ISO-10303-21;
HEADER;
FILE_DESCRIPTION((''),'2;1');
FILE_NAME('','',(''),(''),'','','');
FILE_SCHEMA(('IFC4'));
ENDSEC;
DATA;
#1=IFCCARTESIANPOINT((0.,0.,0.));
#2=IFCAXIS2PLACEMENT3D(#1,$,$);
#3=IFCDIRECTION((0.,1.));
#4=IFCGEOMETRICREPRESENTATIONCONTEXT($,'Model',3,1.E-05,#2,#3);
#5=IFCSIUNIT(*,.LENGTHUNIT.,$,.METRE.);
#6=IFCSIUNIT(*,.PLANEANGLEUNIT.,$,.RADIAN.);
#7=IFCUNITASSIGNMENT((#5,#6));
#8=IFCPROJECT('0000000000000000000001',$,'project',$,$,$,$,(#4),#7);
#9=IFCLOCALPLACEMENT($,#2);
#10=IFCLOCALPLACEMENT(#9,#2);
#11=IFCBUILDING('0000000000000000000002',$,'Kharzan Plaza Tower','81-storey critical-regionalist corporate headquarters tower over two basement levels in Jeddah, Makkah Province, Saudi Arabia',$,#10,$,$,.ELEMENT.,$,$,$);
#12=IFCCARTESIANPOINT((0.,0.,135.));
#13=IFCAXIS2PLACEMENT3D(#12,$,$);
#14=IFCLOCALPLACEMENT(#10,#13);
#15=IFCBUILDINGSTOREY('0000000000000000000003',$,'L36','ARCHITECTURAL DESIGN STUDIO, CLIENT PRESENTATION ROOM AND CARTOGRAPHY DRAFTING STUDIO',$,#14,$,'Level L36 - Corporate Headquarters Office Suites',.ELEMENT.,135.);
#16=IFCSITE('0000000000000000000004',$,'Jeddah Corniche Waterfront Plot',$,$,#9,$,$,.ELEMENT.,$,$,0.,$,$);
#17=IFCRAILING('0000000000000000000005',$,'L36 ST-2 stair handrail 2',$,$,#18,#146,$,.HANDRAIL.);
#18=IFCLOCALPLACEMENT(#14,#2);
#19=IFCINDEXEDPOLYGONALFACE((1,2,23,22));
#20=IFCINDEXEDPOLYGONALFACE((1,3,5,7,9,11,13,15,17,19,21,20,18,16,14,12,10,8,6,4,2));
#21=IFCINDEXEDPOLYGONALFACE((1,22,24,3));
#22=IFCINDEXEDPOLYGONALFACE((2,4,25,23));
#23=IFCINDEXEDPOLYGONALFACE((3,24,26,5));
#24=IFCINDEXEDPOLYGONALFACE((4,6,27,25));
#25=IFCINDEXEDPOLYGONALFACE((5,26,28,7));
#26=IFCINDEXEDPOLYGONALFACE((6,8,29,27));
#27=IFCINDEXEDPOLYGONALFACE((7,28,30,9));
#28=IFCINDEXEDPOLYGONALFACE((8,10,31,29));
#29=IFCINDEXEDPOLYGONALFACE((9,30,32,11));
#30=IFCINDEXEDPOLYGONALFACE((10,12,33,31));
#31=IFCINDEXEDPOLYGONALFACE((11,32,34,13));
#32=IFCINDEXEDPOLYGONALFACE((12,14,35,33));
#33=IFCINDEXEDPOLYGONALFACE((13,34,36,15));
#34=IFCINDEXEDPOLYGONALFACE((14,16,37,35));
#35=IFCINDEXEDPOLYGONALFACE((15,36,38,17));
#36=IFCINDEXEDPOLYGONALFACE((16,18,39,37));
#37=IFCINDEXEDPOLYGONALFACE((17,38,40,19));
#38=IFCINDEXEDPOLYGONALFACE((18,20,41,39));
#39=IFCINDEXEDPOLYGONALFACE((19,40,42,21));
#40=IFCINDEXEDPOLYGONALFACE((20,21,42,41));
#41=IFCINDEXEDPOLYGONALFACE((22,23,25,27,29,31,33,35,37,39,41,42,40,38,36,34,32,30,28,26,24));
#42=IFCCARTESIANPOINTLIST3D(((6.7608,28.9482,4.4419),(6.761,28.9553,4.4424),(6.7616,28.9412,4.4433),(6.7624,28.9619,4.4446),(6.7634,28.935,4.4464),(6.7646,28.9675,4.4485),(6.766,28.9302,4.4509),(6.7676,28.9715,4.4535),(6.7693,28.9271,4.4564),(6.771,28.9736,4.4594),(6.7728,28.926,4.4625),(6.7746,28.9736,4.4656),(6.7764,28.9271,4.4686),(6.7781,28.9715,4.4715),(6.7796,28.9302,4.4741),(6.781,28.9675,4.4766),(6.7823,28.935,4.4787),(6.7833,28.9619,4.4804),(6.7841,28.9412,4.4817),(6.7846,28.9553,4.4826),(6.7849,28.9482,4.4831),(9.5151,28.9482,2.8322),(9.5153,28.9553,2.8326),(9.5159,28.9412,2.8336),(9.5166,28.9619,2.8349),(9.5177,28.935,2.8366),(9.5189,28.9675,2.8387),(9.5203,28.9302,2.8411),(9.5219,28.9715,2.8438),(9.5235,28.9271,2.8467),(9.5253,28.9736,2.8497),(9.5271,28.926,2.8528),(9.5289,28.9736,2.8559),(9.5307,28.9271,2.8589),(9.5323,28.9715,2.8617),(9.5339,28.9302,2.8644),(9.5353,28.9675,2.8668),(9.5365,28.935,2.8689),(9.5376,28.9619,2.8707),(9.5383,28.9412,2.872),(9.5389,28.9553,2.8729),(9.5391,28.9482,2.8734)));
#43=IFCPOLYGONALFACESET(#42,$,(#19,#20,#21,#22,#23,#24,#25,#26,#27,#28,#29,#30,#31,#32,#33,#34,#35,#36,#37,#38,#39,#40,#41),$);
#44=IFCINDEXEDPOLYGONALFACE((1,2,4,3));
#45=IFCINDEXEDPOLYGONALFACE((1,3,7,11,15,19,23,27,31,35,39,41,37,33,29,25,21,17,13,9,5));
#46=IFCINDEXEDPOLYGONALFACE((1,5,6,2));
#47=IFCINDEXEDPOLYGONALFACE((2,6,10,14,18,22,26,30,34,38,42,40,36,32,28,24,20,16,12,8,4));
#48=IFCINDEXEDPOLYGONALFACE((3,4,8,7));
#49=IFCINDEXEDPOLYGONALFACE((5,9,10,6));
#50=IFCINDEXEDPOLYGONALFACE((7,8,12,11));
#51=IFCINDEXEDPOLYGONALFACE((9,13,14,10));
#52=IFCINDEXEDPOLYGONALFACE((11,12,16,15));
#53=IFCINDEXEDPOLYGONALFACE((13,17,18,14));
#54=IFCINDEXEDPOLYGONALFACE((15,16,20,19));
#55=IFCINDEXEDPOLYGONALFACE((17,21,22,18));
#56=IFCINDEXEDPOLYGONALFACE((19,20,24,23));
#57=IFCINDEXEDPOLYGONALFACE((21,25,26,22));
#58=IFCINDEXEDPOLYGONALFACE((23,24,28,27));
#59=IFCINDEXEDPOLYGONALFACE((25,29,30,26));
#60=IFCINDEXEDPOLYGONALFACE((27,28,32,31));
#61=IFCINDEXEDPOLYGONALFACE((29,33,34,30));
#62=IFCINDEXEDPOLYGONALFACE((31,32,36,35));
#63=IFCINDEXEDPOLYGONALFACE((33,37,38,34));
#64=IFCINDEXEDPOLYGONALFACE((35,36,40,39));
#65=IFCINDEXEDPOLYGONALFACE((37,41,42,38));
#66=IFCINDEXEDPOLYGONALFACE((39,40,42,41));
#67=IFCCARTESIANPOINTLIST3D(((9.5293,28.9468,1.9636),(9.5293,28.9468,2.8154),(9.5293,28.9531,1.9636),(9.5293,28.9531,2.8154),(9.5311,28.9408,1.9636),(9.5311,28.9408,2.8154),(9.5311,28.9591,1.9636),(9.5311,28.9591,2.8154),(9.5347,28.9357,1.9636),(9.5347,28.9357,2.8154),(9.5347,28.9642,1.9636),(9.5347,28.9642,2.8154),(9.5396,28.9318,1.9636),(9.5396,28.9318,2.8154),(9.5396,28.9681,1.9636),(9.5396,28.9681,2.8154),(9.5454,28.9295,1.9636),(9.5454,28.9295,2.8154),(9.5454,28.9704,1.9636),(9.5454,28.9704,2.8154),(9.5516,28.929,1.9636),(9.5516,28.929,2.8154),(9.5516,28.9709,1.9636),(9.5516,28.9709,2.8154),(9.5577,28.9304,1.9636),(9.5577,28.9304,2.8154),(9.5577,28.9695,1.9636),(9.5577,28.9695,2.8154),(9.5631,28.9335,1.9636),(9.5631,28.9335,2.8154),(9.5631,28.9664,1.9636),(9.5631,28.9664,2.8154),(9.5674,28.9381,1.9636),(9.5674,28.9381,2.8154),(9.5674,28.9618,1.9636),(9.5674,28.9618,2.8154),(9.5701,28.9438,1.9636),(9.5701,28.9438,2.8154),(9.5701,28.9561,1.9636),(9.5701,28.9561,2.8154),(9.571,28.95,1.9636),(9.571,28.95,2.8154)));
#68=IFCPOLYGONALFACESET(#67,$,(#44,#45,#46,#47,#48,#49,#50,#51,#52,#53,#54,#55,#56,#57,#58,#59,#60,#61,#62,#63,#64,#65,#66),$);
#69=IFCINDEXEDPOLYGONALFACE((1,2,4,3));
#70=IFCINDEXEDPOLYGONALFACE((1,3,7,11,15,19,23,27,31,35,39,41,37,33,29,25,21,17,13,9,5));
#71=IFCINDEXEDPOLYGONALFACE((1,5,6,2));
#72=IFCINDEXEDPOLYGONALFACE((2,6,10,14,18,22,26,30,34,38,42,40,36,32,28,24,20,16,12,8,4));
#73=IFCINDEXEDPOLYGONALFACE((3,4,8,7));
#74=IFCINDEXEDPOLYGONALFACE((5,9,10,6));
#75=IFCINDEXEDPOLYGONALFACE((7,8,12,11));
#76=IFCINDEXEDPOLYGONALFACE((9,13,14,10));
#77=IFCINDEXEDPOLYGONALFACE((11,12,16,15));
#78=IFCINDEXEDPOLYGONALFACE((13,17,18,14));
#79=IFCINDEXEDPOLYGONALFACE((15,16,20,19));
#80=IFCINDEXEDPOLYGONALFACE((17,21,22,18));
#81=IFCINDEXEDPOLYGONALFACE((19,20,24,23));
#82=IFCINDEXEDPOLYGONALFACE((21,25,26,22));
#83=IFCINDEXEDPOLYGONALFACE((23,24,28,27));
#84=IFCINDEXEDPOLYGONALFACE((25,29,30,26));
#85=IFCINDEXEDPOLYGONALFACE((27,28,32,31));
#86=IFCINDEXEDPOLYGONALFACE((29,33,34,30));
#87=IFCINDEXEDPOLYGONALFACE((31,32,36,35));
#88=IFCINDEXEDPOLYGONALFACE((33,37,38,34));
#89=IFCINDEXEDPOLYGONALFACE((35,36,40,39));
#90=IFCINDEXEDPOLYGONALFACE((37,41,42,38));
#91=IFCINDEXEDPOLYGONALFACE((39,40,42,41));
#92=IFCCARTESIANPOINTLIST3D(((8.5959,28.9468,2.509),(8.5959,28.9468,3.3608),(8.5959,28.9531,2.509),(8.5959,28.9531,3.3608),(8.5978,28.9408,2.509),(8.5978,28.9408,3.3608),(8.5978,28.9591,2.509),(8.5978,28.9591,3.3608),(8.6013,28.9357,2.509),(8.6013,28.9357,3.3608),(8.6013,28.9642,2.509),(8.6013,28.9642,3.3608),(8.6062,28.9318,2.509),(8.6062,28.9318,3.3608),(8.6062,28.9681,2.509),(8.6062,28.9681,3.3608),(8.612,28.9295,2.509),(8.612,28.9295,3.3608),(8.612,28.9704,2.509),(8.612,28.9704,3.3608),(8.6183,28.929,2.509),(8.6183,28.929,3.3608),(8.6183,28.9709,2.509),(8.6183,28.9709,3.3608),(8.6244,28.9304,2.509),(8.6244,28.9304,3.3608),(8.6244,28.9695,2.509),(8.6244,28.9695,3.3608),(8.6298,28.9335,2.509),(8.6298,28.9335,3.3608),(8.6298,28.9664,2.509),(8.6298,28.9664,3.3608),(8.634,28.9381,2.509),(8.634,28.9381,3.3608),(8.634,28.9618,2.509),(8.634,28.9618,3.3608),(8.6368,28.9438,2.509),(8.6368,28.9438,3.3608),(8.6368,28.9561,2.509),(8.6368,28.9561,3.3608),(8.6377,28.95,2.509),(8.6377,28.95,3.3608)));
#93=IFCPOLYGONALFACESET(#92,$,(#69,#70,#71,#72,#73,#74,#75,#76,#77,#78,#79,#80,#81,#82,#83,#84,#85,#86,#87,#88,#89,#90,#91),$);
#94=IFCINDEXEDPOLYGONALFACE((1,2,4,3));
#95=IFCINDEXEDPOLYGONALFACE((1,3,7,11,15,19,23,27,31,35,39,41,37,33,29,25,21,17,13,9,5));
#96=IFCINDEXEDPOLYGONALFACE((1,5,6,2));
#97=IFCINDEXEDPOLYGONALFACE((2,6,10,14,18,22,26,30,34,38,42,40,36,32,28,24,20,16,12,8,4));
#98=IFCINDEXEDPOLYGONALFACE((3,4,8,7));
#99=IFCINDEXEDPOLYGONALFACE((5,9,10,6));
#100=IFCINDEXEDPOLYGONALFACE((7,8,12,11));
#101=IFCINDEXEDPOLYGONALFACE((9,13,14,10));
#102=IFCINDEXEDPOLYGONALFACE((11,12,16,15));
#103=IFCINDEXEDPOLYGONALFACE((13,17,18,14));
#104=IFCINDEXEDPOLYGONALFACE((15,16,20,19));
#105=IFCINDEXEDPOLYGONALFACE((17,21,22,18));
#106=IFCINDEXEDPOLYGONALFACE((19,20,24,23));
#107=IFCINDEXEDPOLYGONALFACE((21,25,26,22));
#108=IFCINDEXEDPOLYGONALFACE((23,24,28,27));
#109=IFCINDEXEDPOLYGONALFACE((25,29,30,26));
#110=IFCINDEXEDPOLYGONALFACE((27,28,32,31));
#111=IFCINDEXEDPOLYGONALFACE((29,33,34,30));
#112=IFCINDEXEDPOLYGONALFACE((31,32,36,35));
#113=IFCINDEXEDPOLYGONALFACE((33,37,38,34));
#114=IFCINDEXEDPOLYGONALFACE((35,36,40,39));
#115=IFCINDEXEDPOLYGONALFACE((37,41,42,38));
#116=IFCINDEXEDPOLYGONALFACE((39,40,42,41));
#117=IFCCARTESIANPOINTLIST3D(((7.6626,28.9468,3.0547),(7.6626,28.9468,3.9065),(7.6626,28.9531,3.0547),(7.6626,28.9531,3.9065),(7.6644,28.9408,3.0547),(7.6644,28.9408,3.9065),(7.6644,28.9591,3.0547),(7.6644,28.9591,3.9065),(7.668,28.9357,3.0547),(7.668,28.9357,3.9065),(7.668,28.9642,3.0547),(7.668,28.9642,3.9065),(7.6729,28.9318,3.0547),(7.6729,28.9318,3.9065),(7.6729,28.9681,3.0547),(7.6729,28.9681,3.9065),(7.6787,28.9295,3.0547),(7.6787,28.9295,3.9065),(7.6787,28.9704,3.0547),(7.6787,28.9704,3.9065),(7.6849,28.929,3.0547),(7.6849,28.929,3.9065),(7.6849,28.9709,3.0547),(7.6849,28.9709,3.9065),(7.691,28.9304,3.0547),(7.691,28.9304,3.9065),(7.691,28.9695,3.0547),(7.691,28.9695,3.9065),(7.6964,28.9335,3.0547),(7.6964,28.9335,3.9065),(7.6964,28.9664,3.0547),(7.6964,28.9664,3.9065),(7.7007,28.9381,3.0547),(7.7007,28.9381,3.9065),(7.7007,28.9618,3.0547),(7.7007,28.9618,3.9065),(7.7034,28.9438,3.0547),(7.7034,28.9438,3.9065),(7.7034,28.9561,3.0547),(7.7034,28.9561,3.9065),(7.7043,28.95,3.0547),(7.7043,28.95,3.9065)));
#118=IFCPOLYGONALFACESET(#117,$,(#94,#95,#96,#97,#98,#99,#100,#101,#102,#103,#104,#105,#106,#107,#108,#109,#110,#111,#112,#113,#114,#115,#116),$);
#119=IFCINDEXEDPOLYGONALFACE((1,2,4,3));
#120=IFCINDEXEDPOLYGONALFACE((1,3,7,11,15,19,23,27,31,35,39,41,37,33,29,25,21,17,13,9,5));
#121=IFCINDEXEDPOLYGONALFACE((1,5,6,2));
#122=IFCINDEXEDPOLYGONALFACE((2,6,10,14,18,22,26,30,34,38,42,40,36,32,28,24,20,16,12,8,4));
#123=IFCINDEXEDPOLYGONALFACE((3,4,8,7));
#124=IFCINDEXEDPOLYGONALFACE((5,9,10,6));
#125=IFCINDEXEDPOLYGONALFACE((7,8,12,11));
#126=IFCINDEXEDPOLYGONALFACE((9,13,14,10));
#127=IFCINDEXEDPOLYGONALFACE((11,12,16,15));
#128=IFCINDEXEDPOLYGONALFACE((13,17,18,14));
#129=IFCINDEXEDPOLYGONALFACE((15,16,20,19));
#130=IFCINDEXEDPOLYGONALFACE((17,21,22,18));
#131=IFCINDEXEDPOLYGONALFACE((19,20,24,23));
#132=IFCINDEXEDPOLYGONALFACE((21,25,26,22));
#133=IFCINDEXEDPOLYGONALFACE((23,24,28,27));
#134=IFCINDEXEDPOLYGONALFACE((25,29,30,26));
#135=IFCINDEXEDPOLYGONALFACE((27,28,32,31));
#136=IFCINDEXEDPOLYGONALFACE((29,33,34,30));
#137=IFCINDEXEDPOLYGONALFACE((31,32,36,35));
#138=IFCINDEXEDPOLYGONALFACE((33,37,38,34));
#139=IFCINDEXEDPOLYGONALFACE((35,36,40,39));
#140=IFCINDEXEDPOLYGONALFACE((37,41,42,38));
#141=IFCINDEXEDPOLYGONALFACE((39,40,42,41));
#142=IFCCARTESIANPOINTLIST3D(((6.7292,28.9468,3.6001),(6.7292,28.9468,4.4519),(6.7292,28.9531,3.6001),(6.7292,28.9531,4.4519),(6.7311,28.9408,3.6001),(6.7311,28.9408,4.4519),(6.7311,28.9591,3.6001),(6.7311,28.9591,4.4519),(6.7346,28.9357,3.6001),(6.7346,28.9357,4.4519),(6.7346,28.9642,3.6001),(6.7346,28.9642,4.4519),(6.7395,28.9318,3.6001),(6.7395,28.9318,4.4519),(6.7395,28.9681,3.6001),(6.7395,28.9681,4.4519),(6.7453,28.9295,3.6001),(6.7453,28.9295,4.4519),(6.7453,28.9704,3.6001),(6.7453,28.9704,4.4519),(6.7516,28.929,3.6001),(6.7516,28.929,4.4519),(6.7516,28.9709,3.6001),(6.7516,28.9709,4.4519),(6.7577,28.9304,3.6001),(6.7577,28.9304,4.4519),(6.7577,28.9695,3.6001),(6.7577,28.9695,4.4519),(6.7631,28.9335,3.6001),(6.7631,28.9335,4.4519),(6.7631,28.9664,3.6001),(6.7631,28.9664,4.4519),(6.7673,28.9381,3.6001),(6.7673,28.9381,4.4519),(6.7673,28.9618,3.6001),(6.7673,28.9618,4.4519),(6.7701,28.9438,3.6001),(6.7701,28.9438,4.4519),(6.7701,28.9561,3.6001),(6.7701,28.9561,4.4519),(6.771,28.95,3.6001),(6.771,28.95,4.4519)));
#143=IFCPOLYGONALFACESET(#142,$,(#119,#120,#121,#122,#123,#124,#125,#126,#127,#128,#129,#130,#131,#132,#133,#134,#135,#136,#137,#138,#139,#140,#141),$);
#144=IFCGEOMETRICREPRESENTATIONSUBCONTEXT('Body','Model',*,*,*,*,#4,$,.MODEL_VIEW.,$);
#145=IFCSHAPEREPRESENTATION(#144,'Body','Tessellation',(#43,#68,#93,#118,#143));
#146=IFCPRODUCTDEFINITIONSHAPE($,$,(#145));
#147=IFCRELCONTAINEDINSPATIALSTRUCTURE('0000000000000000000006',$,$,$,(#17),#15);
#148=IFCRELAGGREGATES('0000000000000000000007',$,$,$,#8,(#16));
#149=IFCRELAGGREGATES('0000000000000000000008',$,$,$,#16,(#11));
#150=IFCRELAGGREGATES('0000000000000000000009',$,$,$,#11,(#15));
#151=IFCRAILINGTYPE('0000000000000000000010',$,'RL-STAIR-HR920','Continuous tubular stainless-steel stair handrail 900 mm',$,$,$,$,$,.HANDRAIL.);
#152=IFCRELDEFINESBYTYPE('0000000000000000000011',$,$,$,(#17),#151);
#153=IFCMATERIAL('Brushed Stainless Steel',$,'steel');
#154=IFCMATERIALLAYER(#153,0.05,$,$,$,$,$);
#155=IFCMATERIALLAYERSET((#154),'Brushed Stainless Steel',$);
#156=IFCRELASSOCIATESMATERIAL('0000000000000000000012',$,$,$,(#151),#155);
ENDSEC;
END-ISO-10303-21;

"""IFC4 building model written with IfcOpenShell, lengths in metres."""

from ifc_helpers import new_model, si_unit, direction, frame, origin, origin_2d, place, context, subcontext, project, spatial, circle, extrude, source, transform, mapped, material, layer, layer_set, type_object, element, save


model = new_model("IFC4")

# Units and contexts
model_context = context("Model", 3, precision=1e-05, world=origin(), true_north=direction((0.0, 1.0)))
body_context = subcontext(model_context, "Body", "Model", "MODEL_VIEW")
ifc_project = project(units=[si_unit("LENGTHUNIT", "METRE"), si_unit("PLANEANGLEUNIT", "RADIAN")], contexts=[model_context])

# Site, building, storey
site_placement = place(None, origin())
site = spatial("IfcSite", under=ifc_project, at=site_placement, Name="Jeddah Corniche Waterfront Plot", CompositionType="ELEMENT", RefElevation=0.0)
building_placement = place(site_placement, origin())
building = spatial("IfcBuilding", under=site, at=building_placement, Name="Kharzan Plaza Tower", Description="81-storey critical-regionalist corporate headquarters tower over two basement levels in Jeddah, Makkah Province, Saudi Arabia", CompositionType="ELEMENT")
storey_placement = place(building_placement, frame((0.0, 0.0, 135.0)))
storey = spatial("IfcBuildingStorey", under=building, at=storey_placement, Name="L36", Description="ARCHITECTURAL DESIGN STUDIO, CLIENT PRESENTATION ROOM AND CARTOGRAPHY DRAFTING STUDIO", LongName="Level L36 - Corporate Headquarters Office Suites", CompositionType="ELEMENT", Elevation=135.0)

# Shared definitions
ifc_material_1 = material(Name="Brushed Stainless Steel", Category="steel")

# Railing
ifc_layer_1 = layer(ifc_material_1, 0.05)
ifc_layer_set_1 = layer_set([ifc_layer_1], Name="Brushed Stainless Steel")
railing_type_1 = type_object("IfcRailingType", Name="RL-STAIR-HR920", Description="Continuous tubular stainless-steel stair handrail 900 mm", PredefinedType="HANDRAIL", material=ifc_layer_set_1)
shared_shape_1 = source(origin(), body_context, "Body", "SweptSolid", [
    extrude(circle(Radius=0.0239, at=origin_2d()), frame((-0.0229, 0.0, 0.8892), z_axis=(-0.863361, 0.0, 0.504587), x_axis=(0.0, -1.0, 0.0)), (0.0, 0.0, 1.0), 3.1902),
    extrude(circle(Radius=0.021, at=origin_2d()), origin(), (0.0, 0.0, 1.0), 0.8518),
    extrude(circle(Radius=0.021, at=origin_2d()), frame((-0.9333, 0.0, 0.5454)), (0.0, 0.0, 1.0), 0.8518),
    extrude(circle(Radius=0.021, at=origin_2d()), frame((-1.8667, 0.0, 1.0911)), (0.0, 0.0, 1.0), 0.8518),
    extrude(circle(Radius=0.021, at=origin_2d()), frame((-2.8, 0.0, 1.6365)), (0.0, 0.0, 1.0), 0.8518),
])
railing_1_placement = place(storey_placement, frame((9.55, 28.95, 1.9636)))
element("IfcRailing", 1, at=railing_1_placement, inside=storey, type_object=railing_type_1, Name="L36 ST-2 stair handrail 2", PredefinedType="HANDRAIL", context=body_context, shape_type="MappedRepresentation", body=[
    mapped(shared_shape_1, transform((0.0, 0.0, 0.0), x_axis=(1.0, 0.0, 0.0), y_axis=(0.0, 1.0, 0.0), z_axis=(0.0, 0.0, 1.0))),
])

save(model, "model.ifc")
